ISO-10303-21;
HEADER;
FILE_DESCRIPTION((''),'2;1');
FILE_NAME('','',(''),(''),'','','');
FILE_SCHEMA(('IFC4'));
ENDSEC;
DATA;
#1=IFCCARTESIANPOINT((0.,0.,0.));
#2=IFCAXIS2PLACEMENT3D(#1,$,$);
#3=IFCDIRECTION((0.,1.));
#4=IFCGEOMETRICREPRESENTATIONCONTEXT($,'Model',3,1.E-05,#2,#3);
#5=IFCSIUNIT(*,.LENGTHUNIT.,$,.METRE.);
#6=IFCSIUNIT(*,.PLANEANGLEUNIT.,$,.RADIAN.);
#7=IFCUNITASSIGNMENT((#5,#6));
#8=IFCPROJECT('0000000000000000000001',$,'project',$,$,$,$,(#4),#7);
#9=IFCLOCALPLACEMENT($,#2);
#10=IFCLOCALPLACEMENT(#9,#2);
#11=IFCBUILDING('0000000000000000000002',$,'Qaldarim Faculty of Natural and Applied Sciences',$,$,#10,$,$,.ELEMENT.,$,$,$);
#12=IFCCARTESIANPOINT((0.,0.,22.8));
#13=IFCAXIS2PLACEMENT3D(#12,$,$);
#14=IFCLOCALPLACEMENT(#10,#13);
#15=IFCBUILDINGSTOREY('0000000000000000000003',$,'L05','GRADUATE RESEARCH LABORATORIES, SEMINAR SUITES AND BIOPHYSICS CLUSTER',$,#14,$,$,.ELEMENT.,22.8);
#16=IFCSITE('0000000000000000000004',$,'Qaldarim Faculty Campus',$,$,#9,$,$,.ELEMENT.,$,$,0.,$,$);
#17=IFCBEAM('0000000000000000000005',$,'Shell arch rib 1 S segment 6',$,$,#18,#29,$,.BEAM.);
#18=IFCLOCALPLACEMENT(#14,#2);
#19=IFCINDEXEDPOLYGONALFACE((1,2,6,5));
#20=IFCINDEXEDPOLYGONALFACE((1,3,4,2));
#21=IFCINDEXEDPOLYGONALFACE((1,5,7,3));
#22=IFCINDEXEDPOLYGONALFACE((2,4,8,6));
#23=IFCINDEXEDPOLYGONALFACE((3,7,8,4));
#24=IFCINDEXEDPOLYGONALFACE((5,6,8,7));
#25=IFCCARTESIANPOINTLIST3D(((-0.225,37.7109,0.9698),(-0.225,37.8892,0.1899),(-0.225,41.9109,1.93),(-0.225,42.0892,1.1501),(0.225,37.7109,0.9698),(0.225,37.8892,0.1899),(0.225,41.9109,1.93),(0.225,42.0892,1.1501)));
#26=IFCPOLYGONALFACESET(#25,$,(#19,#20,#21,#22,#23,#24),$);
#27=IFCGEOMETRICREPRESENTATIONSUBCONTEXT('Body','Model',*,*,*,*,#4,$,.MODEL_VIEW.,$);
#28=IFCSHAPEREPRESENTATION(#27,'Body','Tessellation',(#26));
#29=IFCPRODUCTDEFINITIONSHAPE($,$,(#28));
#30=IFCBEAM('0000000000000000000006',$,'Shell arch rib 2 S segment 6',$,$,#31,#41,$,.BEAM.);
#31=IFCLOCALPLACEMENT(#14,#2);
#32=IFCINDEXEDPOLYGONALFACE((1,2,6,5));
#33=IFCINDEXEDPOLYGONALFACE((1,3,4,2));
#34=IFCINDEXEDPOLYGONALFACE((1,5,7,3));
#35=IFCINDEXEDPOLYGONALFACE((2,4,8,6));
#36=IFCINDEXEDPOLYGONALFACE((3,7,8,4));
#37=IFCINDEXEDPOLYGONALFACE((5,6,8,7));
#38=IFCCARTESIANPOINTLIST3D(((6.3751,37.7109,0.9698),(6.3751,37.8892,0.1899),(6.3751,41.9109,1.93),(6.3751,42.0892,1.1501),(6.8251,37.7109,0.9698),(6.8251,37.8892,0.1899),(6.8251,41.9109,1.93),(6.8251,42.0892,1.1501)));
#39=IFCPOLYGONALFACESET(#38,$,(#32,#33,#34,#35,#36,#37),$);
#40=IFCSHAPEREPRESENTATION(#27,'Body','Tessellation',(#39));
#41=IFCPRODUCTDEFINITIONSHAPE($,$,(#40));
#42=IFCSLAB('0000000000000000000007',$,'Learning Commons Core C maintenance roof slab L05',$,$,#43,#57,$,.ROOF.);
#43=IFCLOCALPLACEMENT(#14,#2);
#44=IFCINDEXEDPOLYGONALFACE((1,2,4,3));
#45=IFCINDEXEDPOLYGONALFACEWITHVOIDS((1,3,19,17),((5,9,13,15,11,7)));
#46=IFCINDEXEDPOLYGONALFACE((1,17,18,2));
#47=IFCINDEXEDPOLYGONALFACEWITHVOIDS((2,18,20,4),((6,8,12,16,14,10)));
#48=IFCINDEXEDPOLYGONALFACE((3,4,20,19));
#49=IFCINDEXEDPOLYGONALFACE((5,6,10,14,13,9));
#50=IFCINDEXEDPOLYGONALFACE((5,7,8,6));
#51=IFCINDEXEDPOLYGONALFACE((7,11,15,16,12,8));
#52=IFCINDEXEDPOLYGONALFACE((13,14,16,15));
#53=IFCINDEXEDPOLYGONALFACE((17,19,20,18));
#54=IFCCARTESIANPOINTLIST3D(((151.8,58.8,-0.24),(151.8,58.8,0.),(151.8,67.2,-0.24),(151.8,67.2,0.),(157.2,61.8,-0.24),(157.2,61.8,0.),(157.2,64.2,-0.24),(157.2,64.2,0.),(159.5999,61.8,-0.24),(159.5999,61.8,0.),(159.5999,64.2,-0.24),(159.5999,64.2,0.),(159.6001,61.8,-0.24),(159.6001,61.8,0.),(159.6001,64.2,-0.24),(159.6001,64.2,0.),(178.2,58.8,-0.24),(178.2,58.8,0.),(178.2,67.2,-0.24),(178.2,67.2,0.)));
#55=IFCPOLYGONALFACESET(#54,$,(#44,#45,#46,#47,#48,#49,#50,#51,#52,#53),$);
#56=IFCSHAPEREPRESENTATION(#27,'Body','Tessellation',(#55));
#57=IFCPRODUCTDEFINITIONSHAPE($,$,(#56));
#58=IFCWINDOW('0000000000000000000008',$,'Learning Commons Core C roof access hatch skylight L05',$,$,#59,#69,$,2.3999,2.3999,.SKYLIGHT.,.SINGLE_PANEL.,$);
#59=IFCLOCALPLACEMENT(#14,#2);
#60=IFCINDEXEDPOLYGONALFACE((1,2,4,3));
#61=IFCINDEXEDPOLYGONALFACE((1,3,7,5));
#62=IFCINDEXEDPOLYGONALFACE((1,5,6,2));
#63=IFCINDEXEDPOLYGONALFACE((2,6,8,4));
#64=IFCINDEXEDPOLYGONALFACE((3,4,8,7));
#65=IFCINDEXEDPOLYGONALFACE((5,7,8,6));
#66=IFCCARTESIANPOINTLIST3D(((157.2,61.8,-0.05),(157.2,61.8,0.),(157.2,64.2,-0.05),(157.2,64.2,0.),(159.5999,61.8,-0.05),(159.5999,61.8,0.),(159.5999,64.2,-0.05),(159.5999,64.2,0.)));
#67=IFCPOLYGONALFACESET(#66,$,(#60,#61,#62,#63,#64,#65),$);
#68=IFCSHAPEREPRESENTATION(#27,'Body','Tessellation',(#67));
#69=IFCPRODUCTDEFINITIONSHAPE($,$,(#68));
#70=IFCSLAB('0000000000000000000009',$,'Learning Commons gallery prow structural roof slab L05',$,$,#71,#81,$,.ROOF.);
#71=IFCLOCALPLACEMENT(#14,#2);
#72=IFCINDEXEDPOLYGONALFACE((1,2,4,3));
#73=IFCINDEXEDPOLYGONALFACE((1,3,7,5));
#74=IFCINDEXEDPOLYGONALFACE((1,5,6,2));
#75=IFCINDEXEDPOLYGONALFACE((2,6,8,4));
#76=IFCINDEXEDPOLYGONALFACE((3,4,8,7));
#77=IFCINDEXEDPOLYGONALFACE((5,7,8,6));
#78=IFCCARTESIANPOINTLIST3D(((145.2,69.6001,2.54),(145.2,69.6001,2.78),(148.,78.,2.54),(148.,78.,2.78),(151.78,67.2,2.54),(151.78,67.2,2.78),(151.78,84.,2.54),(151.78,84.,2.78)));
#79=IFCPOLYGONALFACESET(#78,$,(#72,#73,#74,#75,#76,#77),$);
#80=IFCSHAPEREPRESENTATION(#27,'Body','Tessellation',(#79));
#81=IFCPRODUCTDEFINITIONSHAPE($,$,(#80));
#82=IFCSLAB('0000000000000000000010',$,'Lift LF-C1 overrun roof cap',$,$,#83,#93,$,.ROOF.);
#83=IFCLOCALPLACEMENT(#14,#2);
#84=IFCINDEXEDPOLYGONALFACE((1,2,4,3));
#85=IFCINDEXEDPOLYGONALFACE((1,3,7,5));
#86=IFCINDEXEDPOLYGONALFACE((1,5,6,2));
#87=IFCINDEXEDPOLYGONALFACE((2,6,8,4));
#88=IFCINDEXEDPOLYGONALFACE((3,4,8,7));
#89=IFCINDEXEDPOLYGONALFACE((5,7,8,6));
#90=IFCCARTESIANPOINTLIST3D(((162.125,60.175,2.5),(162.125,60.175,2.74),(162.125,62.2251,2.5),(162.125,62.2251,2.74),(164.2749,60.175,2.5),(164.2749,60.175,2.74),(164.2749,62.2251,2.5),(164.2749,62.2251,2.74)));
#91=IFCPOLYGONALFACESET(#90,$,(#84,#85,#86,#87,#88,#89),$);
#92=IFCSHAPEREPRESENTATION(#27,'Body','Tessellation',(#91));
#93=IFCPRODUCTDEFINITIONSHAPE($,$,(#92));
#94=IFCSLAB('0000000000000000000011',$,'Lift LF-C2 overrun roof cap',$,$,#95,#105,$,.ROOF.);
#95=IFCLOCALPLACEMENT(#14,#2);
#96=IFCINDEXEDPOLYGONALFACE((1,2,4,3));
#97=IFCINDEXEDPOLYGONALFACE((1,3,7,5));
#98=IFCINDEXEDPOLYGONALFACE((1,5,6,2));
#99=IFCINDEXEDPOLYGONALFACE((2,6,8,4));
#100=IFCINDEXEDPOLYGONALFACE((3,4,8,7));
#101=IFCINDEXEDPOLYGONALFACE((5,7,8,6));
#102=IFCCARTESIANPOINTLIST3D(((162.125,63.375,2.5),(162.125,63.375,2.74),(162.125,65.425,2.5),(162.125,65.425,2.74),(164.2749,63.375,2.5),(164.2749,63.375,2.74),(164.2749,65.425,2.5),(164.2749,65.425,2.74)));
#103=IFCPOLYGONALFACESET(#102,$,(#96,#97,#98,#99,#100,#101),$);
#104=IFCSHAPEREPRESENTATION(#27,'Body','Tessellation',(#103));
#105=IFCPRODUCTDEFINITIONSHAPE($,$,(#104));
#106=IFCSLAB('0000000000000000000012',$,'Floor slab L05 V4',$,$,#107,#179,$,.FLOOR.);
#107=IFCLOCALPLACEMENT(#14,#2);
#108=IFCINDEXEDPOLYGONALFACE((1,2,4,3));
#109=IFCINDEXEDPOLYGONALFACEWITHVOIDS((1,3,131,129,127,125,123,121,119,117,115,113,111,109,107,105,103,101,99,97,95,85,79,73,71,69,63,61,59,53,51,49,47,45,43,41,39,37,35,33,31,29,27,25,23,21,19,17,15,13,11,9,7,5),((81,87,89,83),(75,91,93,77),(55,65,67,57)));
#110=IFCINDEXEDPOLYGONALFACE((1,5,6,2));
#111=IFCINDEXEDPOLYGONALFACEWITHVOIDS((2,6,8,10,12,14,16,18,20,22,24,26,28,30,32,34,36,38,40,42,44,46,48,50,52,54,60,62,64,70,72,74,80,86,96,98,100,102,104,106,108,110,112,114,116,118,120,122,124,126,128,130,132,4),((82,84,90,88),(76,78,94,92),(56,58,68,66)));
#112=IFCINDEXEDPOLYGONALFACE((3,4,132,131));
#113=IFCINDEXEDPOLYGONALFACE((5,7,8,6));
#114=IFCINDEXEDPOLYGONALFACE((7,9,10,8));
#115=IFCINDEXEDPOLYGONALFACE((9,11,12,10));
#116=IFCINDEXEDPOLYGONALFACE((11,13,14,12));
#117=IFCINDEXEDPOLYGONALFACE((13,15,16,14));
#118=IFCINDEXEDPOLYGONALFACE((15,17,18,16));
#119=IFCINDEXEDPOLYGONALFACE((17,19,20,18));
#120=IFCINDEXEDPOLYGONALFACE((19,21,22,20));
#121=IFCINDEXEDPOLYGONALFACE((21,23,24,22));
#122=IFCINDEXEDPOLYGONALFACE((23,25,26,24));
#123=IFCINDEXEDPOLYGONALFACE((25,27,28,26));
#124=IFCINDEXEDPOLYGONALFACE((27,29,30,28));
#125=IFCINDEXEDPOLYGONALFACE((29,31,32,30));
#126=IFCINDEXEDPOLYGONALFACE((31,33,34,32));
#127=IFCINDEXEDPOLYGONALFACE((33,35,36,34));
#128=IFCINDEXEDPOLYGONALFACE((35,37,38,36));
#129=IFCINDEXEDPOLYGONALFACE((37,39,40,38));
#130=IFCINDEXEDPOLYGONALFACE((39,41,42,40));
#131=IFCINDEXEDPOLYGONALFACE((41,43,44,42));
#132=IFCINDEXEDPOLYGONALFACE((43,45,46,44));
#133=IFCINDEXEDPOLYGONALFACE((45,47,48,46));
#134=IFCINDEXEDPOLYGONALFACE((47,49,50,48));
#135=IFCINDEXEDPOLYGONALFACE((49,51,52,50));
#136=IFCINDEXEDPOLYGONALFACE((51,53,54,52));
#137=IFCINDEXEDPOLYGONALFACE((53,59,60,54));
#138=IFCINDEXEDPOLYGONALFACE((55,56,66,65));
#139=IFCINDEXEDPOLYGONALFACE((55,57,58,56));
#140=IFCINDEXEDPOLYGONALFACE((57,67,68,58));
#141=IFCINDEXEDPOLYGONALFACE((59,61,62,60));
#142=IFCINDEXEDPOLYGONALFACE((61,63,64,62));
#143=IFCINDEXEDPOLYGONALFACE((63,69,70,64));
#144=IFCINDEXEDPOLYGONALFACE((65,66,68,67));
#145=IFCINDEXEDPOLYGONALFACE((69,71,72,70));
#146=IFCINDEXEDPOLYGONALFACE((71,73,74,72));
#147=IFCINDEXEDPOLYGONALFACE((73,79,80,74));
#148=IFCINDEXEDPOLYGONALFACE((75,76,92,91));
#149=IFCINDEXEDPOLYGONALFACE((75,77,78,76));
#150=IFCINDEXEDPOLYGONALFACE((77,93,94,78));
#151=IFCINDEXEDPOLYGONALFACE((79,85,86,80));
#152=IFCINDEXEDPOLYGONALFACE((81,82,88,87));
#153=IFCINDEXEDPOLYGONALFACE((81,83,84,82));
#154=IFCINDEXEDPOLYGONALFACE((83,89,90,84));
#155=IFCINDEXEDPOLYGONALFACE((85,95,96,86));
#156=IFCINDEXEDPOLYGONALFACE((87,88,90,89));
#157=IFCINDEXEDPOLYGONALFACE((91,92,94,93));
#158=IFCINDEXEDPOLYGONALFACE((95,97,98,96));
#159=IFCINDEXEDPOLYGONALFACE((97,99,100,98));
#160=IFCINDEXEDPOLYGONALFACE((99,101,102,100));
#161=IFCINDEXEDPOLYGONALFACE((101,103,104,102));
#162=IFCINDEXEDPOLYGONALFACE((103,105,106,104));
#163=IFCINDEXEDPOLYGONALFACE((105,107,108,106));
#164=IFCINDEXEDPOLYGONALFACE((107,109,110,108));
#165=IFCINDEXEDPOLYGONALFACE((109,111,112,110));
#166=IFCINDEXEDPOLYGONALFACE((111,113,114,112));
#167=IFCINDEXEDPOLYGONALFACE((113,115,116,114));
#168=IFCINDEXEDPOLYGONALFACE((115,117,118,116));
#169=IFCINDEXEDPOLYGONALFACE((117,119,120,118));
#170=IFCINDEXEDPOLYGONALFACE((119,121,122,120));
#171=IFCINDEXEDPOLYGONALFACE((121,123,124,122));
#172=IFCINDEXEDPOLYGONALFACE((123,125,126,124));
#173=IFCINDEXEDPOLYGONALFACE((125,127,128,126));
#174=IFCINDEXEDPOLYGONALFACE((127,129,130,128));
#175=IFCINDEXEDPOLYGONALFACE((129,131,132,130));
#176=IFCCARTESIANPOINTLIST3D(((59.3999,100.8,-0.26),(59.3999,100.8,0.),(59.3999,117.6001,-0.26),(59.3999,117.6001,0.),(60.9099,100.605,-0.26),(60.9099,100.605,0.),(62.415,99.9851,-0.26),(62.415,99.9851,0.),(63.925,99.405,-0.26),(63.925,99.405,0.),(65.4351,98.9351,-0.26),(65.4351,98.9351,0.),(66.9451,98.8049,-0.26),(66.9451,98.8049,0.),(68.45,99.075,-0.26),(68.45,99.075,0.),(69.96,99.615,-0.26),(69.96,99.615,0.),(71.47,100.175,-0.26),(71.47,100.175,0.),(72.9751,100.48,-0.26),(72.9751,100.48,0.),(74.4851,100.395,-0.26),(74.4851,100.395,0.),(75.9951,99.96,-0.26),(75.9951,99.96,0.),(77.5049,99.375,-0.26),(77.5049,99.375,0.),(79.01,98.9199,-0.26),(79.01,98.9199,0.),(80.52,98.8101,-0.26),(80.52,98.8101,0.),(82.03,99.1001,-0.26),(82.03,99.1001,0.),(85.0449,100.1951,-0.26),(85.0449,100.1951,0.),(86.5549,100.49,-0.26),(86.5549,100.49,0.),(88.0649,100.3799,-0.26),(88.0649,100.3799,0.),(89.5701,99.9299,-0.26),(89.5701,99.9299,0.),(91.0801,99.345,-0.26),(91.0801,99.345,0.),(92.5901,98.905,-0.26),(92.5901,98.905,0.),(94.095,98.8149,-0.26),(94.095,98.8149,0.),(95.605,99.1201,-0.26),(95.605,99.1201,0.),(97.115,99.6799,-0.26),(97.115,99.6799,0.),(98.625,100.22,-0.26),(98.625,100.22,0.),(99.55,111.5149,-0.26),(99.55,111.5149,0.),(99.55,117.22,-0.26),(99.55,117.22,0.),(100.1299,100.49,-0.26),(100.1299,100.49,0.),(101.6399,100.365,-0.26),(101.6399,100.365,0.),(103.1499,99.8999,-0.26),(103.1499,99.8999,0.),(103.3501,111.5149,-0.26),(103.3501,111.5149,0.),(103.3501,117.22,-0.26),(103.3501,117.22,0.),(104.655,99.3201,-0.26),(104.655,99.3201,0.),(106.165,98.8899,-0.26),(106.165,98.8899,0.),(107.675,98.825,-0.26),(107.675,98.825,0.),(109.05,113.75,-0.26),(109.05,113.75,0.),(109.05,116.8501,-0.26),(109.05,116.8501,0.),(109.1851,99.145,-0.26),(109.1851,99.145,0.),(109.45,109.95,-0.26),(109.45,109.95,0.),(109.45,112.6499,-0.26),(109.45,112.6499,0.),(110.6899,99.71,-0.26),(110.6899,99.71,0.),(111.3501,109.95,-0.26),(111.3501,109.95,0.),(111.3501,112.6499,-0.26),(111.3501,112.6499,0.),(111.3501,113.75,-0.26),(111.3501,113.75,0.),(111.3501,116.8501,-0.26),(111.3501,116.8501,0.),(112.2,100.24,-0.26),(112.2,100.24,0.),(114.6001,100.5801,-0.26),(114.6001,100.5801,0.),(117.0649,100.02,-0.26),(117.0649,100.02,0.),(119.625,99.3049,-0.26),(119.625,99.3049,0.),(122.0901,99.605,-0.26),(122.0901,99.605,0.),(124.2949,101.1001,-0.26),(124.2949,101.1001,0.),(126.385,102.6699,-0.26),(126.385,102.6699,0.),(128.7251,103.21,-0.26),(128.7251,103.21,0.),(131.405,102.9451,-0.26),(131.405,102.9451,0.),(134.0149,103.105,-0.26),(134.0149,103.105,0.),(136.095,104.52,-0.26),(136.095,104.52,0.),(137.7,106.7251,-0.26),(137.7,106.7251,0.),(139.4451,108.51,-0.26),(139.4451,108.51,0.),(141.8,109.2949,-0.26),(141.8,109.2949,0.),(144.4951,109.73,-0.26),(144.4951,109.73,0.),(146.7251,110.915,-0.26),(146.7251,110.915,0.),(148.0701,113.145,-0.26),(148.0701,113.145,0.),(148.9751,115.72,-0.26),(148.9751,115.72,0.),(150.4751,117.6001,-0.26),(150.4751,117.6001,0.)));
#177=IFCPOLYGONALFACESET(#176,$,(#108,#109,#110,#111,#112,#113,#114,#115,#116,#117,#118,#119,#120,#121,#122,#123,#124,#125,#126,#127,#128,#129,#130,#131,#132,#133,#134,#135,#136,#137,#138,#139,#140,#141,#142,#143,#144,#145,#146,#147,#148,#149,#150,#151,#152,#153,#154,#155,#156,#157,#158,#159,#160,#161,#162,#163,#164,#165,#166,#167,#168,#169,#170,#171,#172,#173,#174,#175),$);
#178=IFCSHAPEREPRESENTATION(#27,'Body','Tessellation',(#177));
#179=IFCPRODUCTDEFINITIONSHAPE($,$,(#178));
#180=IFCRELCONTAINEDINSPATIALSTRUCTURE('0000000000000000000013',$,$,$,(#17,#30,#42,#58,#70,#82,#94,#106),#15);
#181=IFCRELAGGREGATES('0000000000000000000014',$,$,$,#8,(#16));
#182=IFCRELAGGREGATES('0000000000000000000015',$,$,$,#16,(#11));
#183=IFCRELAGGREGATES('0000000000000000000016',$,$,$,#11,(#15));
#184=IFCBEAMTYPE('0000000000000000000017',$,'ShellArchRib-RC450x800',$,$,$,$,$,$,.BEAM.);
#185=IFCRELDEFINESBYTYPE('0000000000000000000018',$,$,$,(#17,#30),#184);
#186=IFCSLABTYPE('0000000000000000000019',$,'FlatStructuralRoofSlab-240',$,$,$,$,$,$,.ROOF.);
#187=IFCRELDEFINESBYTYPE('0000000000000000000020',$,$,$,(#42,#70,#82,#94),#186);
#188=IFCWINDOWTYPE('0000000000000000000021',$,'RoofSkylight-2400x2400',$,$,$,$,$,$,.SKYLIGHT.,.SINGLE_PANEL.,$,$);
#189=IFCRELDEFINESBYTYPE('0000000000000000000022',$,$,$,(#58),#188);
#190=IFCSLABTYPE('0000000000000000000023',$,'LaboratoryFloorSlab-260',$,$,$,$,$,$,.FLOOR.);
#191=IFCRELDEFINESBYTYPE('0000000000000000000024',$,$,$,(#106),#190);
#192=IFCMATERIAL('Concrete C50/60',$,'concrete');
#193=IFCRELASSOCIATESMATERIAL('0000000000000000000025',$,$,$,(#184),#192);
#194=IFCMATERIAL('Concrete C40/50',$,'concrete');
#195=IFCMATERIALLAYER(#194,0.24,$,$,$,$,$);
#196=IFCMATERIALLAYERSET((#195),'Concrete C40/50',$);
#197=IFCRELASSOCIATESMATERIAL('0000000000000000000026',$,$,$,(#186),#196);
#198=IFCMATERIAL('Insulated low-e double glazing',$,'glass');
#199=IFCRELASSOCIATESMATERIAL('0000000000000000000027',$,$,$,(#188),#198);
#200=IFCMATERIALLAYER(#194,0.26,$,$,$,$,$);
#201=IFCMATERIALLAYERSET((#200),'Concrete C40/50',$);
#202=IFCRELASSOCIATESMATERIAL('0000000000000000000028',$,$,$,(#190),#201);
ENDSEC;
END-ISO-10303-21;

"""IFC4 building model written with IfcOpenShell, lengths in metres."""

from ifc_helpers import new_model, si_unit, direction, frame, origin, origin_2d, place, context, subcontext, project, spatial, polyline, rectangle, outline, extrude, material, layer, layer_set, material_profile, profile_set, type_object, element, fill, save


model = new_model("IFC4")

# Units and contexts
model_context = context("Model", 3, precision=1e-05, world=origin(), true_north=direction((0.0, 1.0)))
body_context = subcontext(model_context, "Body", "Model", "MODEL_VIEW")
ifc_project = project(units=[si_unit("LENGTHUNIT", "METRE"), si_unit("PLANEANGLEUNIT", "RADIAN")], contexts=[model_context])

# Site, building, storey
site_placement = place(None, origin())
site = spatial("IfcSite", under=ifc_project, at=site_placement, Name="Qaldarim Faculty Campus", CompositionType="ELEMENT", RefElevation=0.0)
building_placement = place(site_placement, origin())
building = spatial("IfcBuilding", under=site, at=building_placement, Name="Qaldarim Faculty of Natural and Applied Sciences", CompositionType="ELEMENT")
storey_placement = place(building_placement, frame((0.0, 0.0, 22.8)))
storey = spatial("IfcBuildingStorey", under=building, at=storey_placement, Name="L05", Description="GRADUATE RESEARCH LABORATORIES, SEMINAR SUITES AND BIOPHYSICS CLUSTER", CompositionType="ELEMENT", Elevation=22.8)

# Beams
ifc_material_1 = material(Name="Concrete C50/60", Category="concrete")
ifc_material_profile = material_profile(ifc_material_1, rectangle(XDim=0.45, YDim=0.8, at=origin_2d()), Name="RC-RIB450x800")
ifc_profile_set = profile_set([ifc_material_profile], Name="Concrete C50/60")
beam_type = type_object("IfcBeamType", Name="ShellArchRib-RC450x800", PredefinedType="BEAM", material=ifc_profile_set)
for number, where, z_axis, x_axis, name in (
    (1, (0.0, 37.8, 0.5798), (0.0, 0.974848, 0.222873), (-1.0, 0.0, 0.0), "Shell arch rib 1 S segment 6"),
    (2, (6.6001, 37.8, 0.5798), (0.0, 0.974848, 0.222873), (-1.0, 0.0, 0.0), "Shell arch rib 2 S segment 6"),
):
    element("IfcBeam", number, at=place(storey_placement, frame(where, z_axis=z_axis, x_axis=x_axis)), inside=storey, type_object=beam_type, Name=name, PredefinedType="BEAM", context=body_context, shape_type="SweptSolid", body=[
        extrude(rectangle(XDim=0.45, YDim=0.8, at=origin_2d()), origin(), (0.0, 0.0, 1.0), 4.3083),
    ])

# Slab, opening, window
ifc_material_2 = material(Name="Concrete C40/50", Category="concrete")
ifc_layer_1 = layer(ifc_material_2, 0.24)
ifc_layer_set_1 = layer_set([ifc_layer_1], Name="Concrete C40/50")
slab_type_1 = type_object("IfcSlabType", Name="FlatStructuralRoofSlab-240", PredefinedType="ROOF", material=ifc_layer_set_1)
slab_1_placement = place(storey_placement, frame((0.0, 0.0, -0.24)))
slab_1 = element("IfcSlab", 3, at=slab_1_placement, inside=storey, type_object=slab_type_1, Name="Learning Commons Core C maintenance roof slab L05", PredefinedType="ROOF", context=body_context, shape_type="SweptSolid", body=[
    extrude(outline(polyline([(151.8, 58.8), (178.2, 58.8), (178.2, 67.2), (151.8, 67.2), (151.8, 58.8)]), holes=[polyline([(157.2, 61.8), (159.6001, 61.8), (159.6001, 64.2), (157.2, 64.2), (157.2, 61.8)])]), origin(), (0.0, 0.0, 1.0), 0.24),
])
opening_placement = place(slab_1_placement, frame((158.3999, 63.0, -0.01)))
opening = element("IfcOpeningElement", 4, at=opening_placement, cuts=slab_1, PredefinedType="OPENING", context=body_context, shape_type="SweptSolid", body=[
    extrude(rectangle(XDim=2.3999, YDim=2.3999, at=origin_2d()), origin(), (0.0, 0.0, 1.0), 0.26),
])
ifc_material_3 = material(Name="Insulated low-e double glazing", Category="glass")
window_type = type_object("IfcWindowType", Name="RoofSkylight-2400x2400", PartitioningType="SINGLE_PANEL", PredefinedType="SKYLIGHT", material=ifc_material_3)
window_placement = place(opening_placement, frame((0.0, 0.0, 0.2)))
window = element("IfcWindow", 5, at=window_placement, inside=storey, type_object=window_type, Name="Learning Commons Core C roof access hatch skylight L05", OverallHeight=2.3999, OverallWidth=2.3999, PartitioningType="SINGLE_PANEL", PredefinedType="SKYLIGHT", context=body_context, shape_type="SweptSolid", body=[
    extrude(rectangle(XDim=2.3999, YDim=2.3999, at=origin_2d()), origin(), (0.0, 0.0, 1.0), 0.05),
])
fill(opening, window)

# Slabs
slab_2_placement = place(storey_placement, frame((0.0, 0.0, 2.54)))
element("IfcSlab", 6, at=slab_2_placement, inside=storey, type_object=slab_type_1, Name="Learning Commons gallery prow structural roof slab L05", PredefinedType="ROOF", context=body_context, shape_type="SweptSolid", body=[
    extrude(outline(polyline([(151.78, 67.2), (145.2, 69.6001), (148.0, 78.0), (151.78, 84.0), (151.78, 67.2)])), origin(), (0.0, 0.0, 1.0), 0.24),
])
slab_3_placement = place(storey_placement, frame((0.0, 0.0, 2.5)))
element("IfcSlab", 7, at=slab_3_placement, inside=storey, type_object=slab_type_1, Name="Lift LF-C1 overrun roof cap", PredefinedType="ROOF", context=body_context, shape_type="SweptSolid", body=[
    extrude(outline(polyline([(162.125, 60.175), (164.2749, 60.175), (164.2749, 62.2251), (162.125, 62.2251), (162.125, 60.175)])), origin(), (0.0, 0.0, 1.0), 0.24),
])
slab_4_placement = place(storey_placement, frame((0.0, 0.0, 2.5)))
element("IfcSlab", 8, at=slab_4_placement, inside=storey, type_object=slab_type_1, Name="Lift LF-C2 overrun roof cap", PredefinedType="ROOF", context=body_context, shape_type="SweptSolid", body=[
    extrude(outline(polyline([(162.125, 63.375), (164.2749, 63.375), (164.2749, 65.425), (162.125, 65.425), (162.125, 63.375)])), origin(), (0.0, 0.0, 1.0), 0.24),
])
ifc_layer_2 = layer(ifc_material_2, 0.26)
ifc_layer_set_2 = layer_set([ifc_layer_2], Name="Concrete C40/50")
slab_type_2 = type_object("IfcSlabType", Name="LaboratoryFloorSlab-260", PredefinedType="FLOOR", material=ifc_layer_set_2)
slab_5_placement = place(storey_placement, frame((0.0, 0.0, -0.26)))
element("IfcSlab", 9, at=slab_5_placement, inside=storey, type_object=slab_type_2, Name="Floor slab L05 V4", PredefinedType="FLOOR", context=body_context, shape_type="SweptSolid", body=[
    extrude(outline(polyline([(59.3999, 100.8), (60.9099, 100.605), (62.415, 99.9851), (63.925, 99.405), (65.4351, 98.9351), (66.9451, 98.8049), (68.45, 99.075), (69.96, 99.615), (71.47, 100.175), (72.9751, 100.48), (74.4851, 100.395), (75.9951, 99.96), (77.5049, 99.375), (79.01, 98.9199), (80.52, 98.8101), (82.03, 99.1001), (85.0449, 100.1951), (86.5549, 100.49), (88.0649, 100.3799), (89.5701, 99.9299), (91.0801, 99.345), (92.5901, 98.905), (94.095, 98.8149), (95.605, 99.1201), (97.115, 99.6799), (98.625, 100.22), (100.1299, 100.49), (101.6399, 100.365), (103.1499, 99.8999), (104.655, 99.3201), (106.165, 98.8899), (107.675, 98.825), (109.1851, 99.145), (110.6899, 99.71), (112.2, 100.24), (114.6001, 100.5801), (117.0649, 100.02), (119.625, 99.3049), (122.0901, 99.605), (124.2949, 101.1001), (126.385, 102.6699), (128.7251, 103.21), (131.405, 102.9451), (134.0149, 103.105), (136.095, 104.52), (137.7, 106.7251), (139.4451, 108.51), (141.8, 109.2949), (144.4951, 109.73), (146.7251, 110.915), (148.0701, 113.145), (148.9751, 115.72), (150.4751, 117.6001), (59.3999, 117.6001), (59.3999, 100.8)]), holes=[polyline([(103.3501, 111.5149), (103.3501, 117.22), (99.55, 117.22), (99.55, 111.5149), (103.3501, 111.5149)]), polyline([(109.45, 109.95), (111.3501, 109.95), (111.3501, 112.6499), (109.45, 112.6499), (109.45, 109.95)]), polyline([(109.05, 113.75), (111.3501, 113.75), (111.3501, 116.8501), (109.05, 116.8501), (109.05, 113.75)])]), origin(), (0.0, 0.0, 1.0), 0.26),
])

save(model, "model.ifc")
